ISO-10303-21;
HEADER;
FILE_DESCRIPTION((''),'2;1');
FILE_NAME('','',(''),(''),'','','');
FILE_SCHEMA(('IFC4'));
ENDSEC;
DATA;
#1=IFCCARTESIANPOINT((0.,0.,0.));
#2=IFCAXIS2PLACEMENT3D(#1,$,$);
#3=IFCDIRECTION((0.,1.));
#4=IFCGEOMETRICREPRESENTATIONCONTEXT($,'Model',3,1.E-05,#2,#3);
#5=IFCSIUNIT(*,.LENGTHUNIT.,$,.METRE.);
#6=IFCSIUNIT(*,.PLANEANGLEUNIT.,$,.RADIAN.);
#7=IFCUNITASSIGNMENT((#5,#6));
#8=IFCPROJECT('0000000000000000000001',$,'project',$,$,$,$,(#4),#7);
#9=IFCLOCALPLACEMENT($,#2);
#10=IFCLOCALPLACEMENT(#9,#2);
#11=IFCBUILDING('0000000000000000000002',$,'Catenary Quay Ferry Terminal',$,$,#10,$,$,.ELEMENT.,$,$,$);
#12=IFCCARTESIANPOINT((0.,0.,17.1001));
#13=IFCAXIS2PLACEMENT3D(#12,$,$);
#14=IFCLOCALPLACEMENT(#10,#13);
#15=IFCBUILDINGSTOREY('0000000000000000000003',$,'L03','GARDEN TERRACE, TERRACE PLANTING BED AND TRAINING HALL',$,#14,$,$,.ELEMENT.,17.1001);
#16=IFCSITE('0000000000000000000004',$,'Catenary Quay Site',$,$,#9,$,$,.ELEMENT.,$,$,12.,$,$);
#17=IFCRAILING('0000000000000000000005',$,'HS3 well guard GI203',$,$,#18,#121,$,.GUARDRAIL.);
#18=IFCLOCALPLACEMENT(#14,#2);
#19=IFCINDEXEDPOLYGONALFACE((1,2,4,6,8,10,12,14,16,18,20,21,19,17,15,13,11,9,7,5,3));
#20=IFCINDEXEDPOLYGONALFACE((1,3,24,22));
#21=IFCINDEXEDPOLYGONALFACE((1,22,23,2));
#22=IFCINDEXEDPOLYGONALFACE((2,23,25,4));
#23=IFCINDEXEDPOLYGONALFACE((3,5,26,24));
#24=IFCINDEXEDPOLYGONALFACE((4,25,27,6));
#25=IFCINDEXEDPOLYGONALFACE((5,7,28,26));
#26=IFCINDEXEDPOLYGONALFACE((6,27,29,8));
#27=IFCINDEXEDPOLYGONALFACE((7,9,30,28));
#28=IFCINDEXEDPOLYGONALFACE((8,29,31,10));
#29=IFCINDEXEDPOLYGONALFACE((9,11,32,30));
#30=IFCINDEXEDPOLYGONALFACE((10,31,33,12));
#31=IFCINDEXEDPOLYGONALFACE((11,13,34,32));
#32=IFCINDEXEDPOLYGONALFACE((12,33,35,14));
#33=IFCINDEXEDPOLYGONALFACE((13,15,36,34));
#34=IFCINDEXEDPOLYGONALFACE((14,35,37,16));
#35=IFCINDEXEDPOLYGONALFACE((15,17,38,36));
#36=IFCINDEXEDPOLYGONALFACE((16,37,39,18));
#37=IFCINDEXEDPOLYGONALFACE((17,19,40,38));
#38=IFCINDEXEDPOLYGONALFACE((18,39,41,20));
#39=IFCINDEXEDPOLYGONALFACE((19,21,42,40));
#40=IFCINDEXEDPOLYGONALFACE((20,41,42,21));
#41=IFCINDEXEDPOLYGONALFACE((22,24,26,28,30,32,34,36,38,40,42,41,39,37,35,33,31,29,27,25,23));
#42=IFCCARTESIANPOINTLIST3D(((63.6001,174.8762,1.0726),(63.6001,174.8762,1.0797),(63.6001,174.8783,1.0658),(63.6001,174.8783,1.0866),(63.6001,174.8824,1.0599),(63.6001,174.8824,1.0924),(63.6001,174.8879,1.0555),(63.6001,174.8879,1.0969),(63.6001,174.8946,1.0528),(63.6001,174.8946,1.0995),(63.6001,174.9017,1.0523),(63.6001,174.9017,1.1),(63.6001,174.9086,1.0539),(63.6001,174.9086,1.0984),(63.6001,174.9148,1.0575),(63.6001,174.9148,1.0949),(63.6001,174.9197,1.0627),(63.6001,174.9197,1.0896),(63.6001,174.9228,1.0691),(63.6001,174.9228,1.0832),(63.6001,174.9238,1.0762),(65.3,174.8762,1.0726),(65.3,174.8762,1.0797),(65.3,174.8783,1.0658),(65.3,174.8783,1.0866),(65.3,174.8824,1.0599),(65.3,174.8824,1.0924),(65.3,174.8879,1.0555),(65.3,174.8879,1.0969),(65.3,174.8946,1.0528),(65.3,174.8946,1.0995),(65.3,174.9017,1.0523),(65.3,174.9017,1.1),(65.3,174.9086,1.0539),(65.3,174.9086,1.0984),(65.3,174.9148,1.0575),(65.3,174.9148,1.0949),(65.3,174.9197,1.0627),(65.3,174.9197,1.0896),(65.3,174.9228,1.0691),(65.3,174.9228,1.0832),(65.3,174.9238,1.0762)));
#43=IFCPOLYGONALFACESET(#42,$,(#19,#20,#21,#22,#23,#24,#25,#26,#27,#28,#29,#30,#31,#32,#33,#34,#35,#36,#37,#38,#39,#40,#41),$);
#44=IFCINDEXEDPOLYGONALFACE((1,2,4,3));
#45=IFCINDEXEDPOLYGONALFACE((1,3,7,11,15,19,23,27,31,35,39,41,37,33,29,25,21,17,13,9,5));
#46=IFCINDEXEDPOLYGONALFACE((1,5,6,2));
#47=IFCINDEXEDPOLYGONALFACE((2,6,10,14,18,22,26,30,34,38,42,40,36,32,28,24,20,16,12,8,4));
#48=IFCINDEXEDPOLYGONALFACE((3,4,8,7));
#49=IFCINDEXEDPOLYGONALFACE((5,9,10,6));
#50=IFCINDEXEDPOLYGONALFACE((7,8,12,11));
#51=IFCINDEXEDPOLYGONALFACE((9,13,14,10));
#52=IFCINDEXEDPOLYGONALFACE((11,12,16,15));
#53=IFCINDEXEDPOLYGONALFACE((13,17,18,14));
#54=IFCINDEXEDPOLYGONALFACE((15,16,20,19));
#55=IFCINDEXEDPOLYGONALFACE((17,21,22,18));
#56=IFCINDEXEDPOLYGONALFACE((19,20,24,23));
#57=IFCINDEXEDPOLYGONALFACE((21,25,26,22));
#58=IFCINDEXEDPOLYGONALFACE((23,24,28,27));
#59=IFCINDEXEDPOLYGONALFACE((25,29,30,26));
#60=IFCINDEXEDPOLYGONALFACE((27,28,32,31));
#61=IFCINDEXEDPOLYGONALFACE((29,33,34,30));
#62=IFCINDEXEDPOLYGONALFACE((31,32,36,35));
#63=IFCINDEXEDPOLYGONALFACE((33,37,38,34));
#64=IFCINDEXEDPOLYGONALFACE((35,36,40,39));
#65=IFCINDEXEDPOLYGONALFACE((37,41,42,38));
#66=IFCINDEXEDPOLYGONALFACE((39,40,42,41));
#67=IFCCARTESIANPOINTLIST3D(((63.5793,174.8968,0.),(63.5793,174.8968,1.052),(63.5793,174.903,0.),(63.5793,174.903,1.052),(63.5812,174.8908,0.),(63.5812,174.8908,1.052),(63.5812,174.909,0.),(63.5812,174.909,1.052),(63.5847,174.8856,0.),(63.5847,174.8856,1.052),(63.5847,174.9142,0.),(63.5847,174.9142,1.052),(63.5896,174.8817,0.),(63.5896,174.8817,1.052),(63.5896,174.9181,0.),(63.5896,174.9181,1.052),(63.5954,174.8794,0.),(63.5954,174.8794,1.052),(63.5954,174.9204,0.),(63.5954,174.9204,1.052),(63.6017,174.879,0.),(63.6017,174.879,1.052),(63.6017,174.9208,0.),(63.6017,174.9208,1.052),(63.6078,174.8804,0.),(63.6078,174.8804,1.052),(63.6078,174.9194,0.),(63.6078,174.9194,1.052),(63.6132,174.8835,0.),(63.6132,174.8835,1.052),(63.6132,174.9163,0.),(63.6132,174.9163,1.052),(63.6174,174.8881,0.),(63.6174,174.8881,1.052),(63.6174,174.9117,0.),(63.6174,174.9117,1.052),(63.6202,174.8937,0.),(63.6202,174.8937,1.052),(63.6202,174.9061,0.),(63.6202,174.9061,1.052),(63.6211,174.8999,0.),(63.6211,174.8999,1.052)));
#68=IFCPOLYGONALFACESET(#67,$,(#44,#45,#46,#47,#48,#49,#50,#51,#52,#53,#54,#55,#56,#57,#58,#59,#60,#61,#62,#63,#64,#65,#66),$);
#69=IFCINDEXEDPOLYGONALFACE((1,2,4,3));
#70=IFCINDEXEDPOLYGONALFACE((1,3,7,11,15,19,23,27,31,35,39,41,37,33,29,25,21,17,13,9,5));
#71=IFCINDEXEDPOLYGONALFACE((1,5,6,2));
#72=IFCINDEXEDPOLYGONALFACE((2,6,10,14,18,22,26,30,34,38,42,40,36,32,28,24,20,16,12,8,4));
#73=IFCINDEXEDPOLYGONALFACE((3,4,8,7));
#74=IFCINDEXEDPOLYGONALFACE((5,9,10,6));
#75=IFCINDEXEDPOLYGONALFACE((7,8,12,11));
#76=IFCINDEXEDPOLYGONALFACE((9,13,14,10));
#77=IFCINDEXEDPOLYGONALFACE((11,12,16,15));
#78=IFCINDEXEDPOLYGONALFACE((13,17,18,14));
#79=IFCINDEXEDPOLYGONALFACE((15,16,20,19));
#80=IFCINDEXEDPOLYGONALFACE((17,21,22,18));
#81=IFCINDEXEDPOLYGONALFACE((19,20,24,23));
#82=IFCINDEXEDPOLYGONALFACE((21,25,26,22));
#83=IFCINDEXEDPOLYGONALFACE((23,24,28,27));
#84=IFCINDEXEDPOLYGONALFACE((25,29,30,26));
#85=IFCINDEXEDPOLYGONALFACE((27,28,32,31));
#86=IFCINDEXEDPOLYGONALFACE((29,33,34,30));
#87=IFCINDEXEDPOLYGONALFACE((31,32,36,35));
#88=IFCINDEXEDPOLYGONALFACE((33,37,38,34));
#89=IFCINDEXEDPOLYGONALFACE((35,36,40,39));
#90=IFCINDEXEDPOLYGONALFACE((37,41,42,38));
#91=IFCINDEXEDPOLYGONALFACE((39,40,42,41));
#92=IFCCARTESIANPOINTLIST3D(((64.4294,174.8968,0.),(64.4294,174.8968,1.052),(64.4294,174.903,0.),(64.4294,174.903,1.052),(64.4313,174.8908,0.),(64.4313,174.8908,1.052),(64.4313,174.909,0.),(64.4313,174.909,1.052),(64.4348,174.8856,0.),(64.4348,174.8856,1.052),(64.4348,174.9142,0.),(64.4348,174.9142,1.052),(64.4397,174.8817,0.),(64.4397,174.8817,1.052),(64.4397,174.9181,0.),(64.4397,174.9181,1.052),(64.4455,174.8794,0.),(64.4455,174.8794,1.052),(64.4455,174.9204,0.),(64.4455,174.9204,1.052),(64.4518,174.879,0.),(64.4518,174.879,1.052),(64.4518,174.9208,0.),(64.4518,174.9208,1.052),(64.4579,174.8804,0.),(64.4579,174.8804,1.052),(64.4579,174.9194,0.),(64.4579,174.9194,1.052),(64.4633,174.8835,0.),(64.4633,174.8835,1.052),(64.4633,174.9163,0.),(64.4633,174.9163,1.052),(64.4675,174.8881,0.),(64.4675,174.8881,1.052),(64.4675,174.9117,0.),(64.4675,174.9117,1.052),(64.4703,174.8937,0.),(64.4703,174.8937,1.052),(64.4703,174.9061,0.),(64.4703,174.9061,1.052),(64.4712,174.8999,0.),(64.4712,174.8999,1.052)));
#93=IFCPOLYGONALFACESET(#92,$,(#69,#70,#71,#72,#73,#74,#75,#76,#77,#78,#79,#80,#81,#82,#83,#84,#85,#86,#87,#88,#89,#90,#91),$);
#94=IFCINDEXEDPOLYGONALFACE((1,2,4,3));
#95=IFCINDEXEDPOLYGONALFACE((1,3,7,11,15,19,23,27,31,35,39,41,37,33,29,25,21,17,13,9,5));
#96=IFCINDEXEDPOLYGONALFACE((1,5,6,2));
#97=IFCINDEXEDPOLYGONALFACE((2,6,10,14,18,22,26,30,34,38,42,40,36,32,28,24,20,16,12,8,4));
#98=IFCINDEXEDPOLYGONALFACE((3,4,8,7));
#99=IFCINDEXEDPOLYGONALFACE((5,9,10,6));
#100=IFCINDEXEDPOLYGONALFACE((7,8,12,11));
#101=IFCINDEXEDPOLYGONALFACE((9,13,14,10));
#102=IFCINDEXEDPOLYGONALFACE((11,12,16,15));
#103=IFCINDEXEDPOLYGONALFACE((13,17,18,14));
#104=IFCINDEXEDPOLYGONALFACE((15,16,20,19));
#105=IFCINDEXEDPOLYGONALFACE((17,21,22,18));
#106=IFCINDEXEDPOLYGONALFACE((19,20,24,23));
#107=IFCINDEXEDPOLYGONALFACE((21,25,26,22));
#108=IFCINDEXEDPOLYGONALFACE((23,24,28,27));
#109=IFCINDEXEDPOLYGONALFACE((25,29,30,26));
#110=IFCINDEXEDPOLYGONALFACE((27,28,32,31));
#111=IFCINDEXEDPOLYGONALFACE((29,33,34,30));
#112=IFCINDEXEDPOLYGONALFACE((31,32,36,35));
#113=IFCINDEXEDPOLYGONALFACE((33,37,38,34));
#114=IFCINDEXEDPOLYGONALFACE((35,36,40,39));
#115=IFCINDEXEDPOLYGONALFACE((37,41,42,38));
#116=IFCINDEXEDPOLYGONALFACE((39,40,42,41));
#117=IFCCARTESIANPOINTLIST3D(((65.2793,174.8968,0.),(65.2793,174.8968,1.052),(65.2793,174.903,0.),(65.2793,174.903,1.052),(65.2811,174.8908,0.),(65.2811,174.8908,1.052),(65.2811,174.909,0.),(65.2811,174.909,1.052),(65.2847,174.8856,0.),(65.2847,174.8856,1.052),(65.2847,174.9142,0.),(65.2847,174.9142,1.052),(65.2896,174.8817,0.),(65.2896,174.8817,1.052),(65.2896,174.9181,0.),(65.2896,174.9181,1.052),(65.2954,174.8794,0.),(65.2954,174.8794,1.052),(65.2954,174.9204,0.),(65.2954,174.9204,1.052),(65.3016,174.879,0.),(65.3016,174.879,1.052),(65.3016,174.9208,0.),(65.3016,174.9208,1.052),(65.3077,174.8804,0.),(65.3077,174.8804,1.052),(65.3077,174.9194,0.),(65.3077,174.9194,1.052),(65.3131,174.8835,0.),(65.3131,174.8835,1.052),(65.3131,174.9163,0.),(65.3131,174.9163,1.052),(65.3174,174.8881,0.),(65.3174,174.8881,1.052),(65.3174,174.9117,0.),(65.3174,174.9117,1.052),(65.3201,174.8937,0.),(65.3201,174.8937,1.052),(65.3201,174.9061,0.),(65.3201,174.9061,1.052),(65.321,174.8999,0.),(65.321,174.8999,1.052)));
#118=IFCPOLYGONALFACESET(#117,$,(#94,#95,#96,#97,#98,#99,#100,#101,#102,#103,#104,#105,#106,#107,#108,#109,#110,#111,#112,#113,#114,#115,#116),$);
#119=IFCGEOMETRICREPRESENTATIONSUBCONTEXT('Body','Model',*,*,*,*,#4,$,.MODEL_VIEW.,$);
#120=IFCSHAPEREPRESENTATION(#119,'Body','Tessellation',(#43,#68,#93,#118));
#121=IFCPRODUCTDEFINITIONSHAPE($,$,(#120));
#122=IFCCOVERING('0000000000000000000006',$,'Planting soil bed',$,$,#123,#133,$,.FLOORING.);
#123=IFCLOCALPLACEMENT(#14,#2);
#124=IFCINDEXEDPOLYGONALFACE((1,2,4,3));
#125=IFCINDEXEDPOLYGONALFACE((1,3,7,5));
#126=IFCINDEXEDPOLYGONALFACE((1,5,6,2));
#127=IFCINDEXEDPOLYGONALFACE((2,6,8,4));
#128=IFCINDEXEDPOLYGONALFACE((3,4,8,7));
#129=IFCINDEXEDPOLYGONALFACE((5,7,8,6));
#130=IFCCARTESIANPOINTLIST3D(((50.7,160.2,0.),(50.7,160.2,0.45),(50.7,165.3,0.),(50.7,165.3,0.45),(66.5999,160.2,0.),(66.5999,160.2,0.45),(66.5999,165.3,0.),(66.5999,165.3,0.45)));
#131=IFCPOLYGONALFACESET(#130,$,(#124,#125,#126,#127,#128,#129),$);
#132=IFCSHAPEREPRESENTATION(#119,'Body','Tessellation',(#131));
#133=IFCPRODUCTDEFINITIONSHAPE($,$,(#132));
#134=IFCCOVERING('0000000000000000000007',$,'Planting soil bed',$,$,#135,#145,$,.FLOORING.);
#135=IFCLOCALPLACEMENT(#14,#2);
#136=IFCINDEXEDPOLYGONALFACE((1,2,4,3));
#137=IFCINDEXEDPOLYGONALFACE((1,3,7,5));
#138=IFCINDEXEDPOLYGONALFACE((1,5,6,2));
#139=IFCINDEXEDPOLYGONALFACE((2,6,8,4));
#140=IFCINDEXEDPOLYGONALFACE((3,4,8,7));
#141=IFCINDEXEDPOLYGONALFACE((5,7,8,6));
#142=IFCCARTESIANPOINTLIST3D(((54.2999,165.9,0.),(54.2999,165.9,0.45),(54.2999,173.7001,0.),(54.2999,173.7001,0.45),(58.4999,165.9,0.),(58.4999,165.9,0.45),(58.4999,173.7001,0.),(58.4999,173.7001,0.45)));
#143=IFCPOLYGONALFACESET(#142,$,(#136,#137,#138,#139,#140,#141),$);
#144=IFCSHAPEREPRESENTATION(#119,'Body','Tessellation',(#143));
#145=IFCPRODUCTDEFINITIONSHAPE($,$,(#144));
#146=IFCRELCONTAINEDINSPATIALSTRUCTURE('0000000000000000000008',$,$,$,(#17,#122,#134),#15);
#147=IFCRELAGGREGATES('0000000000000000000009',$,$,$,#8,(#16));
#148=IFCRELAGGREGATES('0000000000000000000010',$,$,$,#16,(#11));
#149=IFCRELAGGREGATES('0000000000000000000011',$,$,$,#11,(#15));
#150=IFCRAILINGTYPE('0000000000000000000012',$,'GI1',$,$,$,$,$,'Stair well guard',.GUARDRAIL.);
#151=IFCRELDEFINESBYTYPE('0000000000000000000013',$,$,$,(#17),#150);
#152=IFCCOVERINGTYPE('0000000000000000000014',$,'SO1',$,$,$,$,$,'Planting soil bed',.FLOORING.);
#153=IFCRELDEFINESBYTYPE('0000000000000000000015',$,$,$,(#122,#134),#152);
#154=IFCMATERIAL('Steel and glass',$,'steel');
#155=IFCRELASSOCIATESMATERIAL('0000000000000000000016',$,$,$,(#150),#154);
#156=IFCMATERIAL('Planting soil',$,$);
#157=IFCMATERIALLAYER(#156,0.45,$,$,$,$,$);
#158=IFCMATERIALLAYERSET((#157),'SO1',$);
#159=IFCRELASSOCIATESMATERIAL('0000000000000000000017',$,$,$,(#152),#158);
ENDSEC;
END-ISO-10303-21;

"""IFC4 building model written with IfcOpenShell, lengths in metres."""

from ifc_helpers import new_model, si_unit, direction, frame, origin, origin_2d, place, context, subcontext, project, spatial, rectangle, circle, extrude, material, layer, layer_set, type_object, element, save


model = new_model("IFC4")

# Units and contexts
model_context = context("Model", 3, precision=1e-05, world=origin(), true_north=direction((0.0, 1.0)))
body_context = subcontext(model_context, "Body", "Model", "MODEL_VIEW")
ifc_project = project(units=[si_unit("LENGTHUNIT", "METRE"), si_unit("PLANEANGLEUNIT", "RADIAN")], contexts=[model_context])

# Site, building, storey
site_placement = place(None, origin())
site = spatial("IfcSite", under=ifc_project, at=site_placement, Name="Catenary Quay Site", CompositionType="ELEMENT", RefElevation=12.0)
building_placement = place(site_placement, origin())
building = spatial("IfcBuilding", under=site, at=building_placement, Name="Catenary Quay Ferry Terminal", CompositionType="ELEMENT")
storey_placement = place(building_placement, frame((0.0, 0.0, 17.1001)))
storey = spatial("IfcBuildingStorey", under=building, at=storey_placement, Name="L03", Description="GARDEN TERRACE, TERRACE PLANTING BED AND TRAINING HALL", CompositionType="ELEMENT", Elevation=17.1001)

# Railing
ifc_material_1 = material(Name="Steel and glass", Category="steel")
railing_type_1 = type_object("IfcRailingType", Name="GI1", ElementType="Stair well guard", PredefinedType="GUARDRAIL", material=ifc_material_1)
railing_1_placement = place(storey_placement, frame((63.6001, 174.8999, 0.0)))
element("IfcRailing", 1, at=railing_1_placement, inside=storey, type_object=railing_type_1, Name="HS3 well guard GI203", PredefinedType="GUARDRAIL", context=body_context, shape_type="SweptSolid", body=[
    extrude(circle(Radius=0.0239, at=origin_2d()), frame((0.0, 0.0, 1.0762), z_axis=(1.0, 0.0, 0.0), x_axis=(0.0, 1.0, 0.0)), (0.0, 0.0, 1.0), 1.7),
    extrude(circle(Radius=0.021, at=origin_2d()), origin(), (0.0, 0.0, 1.0), 1.052),
    extrude(circle(Radius=0.021, at=origin_2d()), frame((0.8501, 0.0, 0.0)), (0.0, 0.0, 1.0), 1.052),
    extrude(circle(Radius=0.021, at=origin_2d()), frame((1.7, 0.0, 0.0)), (0.0, 0.0, 1.0), 1.052),
])

# Coverings
ifc_material_2 = material(Name="Planting soil")
ifc_layer_1 = layer(ifc_material_2, 0.45)
ifc_layer_set_1 = layer_set([ifc_layer_1], Name="SO1")
covering_type_1 = type_object("IfcCoveringType", Name="SO1", ElementType="Planting soil bed", PredefinedType="FLOORING", material=ifc_layer_set_1)
covering_1_placement = place(storey_placement, frame((58.6499, 162.75, 0.0), z_axis=(0.0, 0.0, 1.0), x_axis=(1.0, 0.0, 0.0)))
element("IfcCovering", 2, at=covering_1_placement, inside=storey, type_object=covering_type_1, Name="Planting soil bed", PredefinedType="FLOORING", context=body_context, shape_type="SweptSolid", body=[
    extrude(rectangle(XDim=15.8999, YDim=5.1001, at=origin_2d()), origin(), (0.0, 0.0, 1.0), 0.45),
])
covering_2_placement = place(storey_placement, frame((56.3999, 169.8, 0.0), z_axis=(0.0, 0.0, 1.0), x_axis=(1.0, 0.0, 0.0)))
element("IfcCovering", 3, at=covering_2_placement, inside=storey, type_object=covering_type_1, Name="Planting soil bed", PredefinedType="FLOORING", context=body_context, shape_type="SweptSolid", body=[
    extrude(rectangle(XDim=4.2, YDim=7.8, at=origin_2d()), origin(), (0.0, 0.0, 1.0), 0.45),
])

save(model, "model.ifc")
